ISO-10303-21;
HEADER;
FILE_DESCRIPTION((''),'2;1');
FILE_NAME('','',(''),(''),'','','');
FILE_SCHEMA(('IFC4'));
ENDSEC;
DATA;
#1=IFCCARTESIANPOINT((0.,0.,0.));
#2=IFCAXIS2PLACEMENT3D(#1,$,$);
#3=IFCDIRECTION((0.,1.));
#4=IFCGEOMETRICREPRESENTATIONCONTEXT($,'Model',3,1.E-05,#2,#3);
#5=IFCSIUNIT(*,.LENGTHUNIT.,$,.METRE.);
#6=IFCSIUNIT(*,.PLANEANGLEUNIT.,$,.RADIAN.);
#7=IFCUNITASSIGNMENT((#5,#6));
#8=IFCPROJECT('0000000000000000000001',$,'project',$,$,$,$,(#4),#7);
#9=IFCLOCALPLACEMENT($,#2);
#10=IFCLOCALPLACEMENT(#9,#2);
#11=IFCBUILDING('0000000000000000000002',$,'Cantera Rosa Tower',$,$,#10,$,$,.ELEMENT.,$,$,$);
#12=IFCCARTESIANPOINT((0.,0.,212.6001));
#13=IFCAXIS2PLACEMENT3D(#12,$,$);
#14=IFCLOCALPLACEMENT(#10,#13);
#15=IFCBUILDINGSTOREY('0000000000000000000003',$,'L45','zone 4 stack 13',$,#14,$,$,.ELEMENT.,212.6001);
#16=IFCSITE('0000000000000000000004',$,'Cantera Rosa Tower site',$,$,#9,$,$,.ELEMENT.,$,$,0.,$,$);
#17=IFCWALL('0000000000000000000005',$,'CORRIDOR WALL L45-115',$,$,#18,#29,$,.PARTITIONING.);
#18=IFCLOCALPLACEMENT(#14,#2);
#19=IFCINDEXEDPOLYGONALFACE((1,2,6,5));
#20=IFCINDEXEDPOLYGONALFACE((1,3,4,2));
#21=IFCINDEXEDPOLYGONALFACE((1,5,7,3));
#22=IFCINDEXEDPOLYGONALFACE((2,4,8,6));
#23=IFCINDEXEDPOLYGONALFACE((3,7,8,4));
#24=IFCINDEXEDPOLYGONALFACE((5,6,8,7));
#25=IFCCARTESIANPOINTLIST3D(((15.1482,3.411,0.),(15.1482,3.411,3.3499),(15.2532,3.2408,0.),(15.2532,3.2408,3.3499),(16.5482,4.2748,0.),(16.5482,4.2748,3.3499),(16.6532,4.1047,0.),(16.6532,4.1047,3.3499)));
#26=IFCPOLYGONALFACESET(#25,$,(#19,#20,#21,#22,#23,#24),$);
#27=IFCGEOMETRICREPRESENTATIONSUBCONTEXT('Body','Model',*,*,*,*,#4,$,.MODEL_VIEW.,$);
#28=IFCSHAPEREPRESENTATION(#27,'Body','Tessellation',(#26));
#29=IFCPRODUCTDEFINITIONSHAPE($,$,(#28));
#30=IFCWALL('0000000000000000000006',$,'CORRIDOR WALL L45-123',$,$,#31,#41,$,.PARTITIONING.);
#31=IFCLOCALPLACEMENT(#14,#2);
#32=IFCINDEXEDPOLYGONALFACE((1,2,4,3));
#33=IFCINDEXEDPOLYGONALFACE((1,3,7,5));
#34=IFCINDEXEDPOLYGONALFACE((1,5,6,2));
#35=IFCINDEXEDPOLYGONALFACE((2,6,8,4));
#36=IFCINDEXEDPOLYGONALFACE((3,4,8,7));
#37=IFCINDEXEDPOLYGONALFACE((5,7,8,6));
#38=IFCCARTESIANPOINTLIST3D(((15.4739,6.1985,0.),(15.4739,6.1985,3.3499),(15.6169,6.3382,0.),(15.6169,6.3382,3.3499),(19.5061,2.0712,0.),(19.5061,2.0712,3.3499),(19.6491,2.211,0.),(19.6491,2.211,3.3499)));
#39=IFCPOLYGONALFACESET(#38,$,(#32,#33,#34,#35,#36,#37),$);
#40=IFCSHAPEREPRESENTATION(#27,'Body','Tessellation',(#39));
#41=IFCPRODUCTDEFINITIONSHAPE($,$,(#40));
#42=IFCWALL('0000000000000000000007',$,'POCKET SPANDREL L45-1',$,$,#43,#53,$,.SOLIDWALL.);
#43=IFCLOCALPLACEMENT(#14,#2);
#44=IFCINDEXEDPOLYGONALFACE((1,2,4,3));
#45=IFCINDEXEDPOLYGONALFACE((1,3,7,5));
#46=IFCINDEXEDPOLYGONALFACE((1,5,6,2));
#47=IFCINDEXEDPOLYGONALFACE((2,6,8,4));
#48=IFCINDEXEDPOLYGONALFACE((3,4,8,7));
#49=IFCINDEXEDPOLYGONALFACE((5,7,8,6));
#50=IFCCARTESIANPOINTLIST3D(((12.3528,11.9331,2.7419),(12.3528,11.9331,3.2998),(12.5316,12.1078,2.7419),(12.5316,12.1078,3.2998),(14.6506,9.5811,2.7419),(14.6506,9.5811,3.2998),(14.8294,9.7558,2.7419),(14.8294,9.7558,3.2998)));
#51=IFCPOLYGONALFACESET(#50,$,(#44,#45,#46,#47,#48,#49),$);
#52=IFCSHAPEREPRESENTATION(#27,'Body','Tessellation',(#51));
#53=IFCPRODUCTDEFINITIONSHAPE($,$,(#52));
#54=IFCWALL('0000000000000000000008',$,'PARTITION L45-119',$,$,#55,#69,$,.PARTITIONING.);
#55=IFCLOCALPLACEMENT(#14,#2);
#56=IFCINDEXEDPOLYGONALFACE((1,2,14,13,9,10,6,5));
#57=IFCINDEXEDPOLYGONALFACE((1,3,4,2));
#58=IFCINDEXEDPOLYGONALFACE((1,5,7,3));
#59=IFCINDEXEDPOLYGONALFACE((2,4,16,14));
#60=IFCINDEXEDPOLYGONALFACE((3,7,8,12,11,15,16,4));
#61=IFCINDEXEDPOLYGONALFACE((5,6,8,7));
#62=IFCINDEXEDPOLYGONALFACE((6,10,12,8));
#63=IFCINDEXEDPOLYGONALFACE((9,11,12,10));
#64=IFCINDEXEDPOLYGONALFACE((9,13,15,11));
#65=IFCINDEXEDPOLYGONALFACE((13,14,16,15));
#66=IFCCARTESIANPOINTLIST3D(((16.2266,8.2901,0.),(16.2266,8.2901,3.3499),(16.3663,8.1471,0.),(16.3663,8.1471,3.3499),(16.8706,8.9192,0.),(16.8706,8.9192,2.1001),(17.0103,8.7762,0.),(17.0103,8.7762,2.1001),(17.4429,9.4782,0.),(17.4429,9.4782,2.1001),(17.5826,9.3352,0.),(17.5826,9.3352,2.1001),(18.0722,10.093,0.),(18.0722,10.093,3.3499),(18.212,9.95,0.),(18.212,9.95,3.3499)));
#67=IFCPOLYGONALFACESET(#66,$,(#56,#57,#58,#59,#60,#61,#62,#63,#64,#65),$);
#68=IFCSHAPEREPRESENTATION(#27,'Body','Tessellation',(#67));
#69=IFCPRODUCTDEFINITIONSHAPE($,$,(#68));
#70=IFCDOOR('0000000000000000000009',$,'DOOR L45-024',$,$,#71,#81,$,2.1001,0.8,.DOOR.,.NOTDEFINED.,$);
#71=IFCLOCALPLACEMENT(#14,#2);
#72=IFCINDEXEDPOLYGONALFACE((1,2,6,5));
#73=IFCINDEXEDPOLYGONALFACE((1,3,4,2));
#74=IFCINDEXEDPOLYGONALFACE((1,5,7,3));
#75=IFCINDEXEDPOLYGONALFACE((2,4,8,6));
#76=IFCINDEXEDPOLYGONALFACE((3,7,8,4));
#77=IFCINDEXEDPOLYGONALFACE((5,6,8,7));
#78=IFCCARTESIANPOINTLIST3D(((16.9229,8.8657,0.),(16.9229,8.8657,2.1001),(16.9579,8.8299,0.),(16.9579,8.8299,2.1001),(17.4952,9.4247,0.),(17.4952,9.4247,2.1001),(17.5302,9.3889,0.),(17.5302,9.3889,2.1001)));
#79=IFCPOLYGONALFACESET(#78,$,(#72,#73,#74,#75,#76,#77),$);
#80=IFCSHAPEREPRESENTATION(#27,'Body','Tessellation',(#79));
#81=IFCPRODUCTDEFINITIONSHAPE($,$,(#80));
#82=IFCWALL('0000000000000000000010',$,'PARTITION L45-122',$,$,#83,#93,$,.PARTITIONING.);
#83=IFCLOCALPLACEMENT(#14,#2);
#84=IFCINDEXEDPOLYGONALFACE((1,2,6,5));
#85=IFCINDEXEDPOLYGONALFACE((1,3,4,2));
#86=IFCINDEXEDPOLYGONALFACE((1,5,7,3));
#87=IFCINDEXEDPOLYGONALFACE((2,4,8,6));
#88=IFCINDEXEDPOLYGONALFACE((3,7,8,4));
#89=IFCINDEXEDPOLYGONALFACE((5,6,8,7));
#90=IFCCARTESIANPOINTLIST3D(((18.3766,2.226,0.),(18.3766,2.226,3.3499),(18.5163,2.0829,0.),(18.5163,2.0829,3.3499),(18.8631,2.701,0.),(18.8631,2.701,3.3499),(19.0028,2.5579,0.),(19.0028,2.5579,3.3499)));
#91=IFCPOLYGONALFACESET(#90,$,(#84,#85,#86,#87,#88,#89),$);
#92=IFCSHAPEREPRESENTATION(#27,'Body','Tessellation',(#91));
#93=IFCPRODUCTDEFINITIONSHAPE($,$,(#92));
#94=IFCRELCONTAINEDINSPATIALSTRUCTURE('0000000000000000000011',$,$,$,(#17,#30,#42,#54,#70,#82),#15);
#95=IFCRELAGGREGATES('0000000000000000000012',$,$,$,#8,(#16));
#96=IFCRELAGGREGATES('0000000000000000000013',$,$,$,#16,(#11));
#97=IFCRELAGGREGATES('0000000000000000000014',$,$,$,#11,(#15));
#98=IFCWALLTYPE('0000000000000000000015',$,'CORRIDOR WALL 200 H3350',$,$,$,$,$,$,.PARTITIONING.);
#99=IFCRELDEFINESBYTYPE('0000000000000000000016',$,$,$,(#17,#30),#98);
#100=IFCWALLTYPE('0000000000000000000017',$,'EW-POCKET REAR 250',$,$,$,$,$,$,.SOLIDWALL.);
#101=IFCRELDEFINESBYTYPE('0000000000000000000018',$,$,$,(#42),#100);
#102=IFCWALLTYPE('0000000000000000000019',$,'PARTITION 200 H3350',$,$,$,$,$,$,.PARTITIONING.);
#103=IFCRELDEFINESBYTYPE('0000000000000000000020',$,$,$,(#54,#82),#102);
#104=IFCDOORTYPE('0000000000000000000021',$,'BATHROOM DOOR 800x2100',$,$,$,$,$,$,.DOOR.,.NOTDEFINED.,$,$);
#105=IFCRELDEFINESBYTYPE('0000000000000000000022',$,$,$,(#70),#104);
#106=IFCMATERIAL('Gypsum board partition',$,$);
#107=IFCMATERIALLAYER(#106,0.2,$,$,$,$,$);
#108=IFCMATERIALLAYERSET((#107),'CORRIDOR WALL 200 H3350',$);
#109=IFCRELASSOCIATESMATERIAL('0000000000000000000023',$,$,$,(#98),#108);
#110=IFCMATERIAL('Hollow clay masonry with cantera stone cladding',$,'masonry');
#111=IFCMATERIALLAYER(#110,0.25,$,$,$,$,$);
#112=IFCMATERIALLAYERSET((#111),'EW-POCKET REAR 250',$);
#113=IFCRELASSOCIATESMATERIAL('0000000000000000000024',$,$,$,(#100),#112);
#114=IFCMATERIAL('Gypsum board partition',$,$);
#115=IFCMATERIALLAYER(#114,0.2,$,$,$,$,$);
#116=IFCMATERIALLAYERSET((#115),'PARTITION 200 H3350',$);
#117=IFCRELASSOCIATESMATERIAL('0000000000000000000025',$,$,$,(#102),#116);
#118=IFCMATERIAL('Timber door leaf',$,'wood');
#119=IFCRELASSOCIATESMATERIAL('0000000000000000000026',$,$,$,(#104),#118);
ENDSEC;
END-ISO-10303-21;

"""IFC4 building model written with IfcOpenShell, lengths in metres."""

from ifc_helpers import new_model, si_unit, direction, frame, frame_2d, origin, place, context, subcontext, project, spatial, rectangle, extrude, material, layer, layer_set, type_object, element, fill, save


model = new_model("IFC4")

# Units and contexts
model_context = context("Model", 3, precision=1e-05, world=origin(), true_north=direction((0.0, 1.0)))
body_context = subcontext(model_context, "Body", "Model", "MODEL_VIEW")
ifc_project = project(units=[si_unit("LENGTHUNIT", "METRE"), si_unit("PLANEANGLEUNIT", "RADIAN")], contexts=[model_context])

# Site, building, storey
site_placement = place(None, origin())
site = spatial("IfcSite", under=ifc_project, at=site_placement, Name="Cantera Rosa Tower site", CompositionType="ELEMENT", RefElevation=0.0)
building_placement = place(site_placement, origin())
building = spatial("IfcBuilding", under=site, at=building_placement, Name="Cantera Rosa Tower", CompositionType="ELEMENT")
storey_placement = place(building_placement, frame((0.0, 0.0, 212.6001)))
storey = spatial("IfcBuildingStorey", under=building, at=storey_placement, Name="L45", Description="zone 4 stack 13", CompositionType="ELEMENT", Elevation=212.6001)

# Walls
ifc_material_1 = material(Name="Gypsum board partition")
ifc_layer_1 = layer(ifc_material_1, 0.2)
ifc_layer_set_1 = layer_set([ifc_layer_1], Name="CORRIDOR WALL 200 H3350")
wall_type_1 = type_object("IfcWallType", Name="CORRIDOR WALL 200 H3350", PredefinedType="PARTITIONING", material=ifc_layer_set_1)
wall_1_placement = place(storey_placement, frame((15.2007, 3.3259, 0.0), z_axis=(0.0, 0.0, 1.0), x_axis=(0.851036, 0.525107, 0.0)))
element("IfcWall", 1, at=wall_1_placement, inside=storey, type_object=wall_type_1, Name="CORRIDOR WALL L45-115", PredefinedType="PARTITIONING", context=body_context, shape_type="SweptSolid", body=[
    extrude(rectangle(XDim=1.645, YDim=0.2, at=frame_2d((0.8225, 0.0))), origin(), (0.0, 0.0, 1.0), 3.3499),
])
wall_2_placement = place(storey_placement, frame((19.5776, 2.1411, 0.0), z_axis=(0.0, 0.0, 1.0), x_axis=(-0.698829, 0.715289, 0.0)))
element("IfcWall", 2, at=wall_2_placement, inside=storey, type_object=wall_type_1, Name="CORRIDOR WALL L45-123", PredefinedType="PARTITIONING", context=body_context, shape_type="SweptSolid", body=[
    extrude(rectangle(XDim=5.77, YDim=0.2, at=frame_2d((2.885, 0.0))), origin(), (0.0, 0.0, 1.0), 3.3499),
])
ifc_material_2 = material(Name="Hollow clay masonry with cantera stone cladding", Category="masonry")
ifc_layer_2 = layer(ifc_material_2, 0.25)
ifc_layer_set_2 = layer_set([ifc_layer_2], Name="EW-POCKET REAR 250")
wall_type_2 = type_object("IfcWallType", Name="EW-POCKET REAR 250", PredefinedType="SOLIDWALL", material=ifc_layer_set_2)
wall_3_placement = place(storey_placement, frame((14.74, 9.6685, 2.7419), z_axis=(0.0, 0.0, 1.0), x_axis=(-0.698817, 0.7153, 0.0)))
element("IfcWall", 3, at=wall_3_placement, inside=storey, type_object=wall_type_2, Name="POCKET SPANDREL L45-1", PredefinedType="SOLIDWALL", context=body_context, shape_type="SweptSolid", body=[
    extrude(rectangle(XDim=3.2881, YDim=0.25, at=frame_2d((1.644, 0.0))), origin(), (0.0, 0.0, 1.0), 0.5579),
])

# Wall, opening, door
ifc_material_3 = material(Name="Gypsum board partition")
ifc_layer_3 = layer(ifc_material_3, 0.2)
ifc_layer_set_3 = layer_set([ifc_layer_3], Name="PARTITION 200 H3350")
wall_type_3 = type_object("IfcWallType", Name="PARTITION 200 H3350", PredefinedType="PARTITIONING", material=ifc_layer_set_3)
wall_4_placement = place(storey_placement, frame((18.1421, 10.0215, 0.0), z_axis=(0.0, 0.0, 1.0), x_axis=(-0.715338, -0.698779, 0.0)))
wall_4 = element("IfcWall", 4, at=wall_4_placement, inside=storey, type_object=wall_type_3, Name="PARTITION L45-119", PredefinedType="PARTITIONING", context=body_context, shape_type="SweptSolid", body=[
    extrude(rectangle(XDim=2.5801, YDim=0.2, at=frame_2d((1.29, 0.0))), origin(), (0.0, 0.0, 1.0), 3.3499),
])
opening_placement = place(wall_4_placement, frame((0.8799, 0.0, 0.0)))
opening = element("IfcOpeningElement", 5, at=opening_placement, cuts=wall_4, PredefinedType="OPENING", context=body_context, shape_type="SweptSolid", body=[
    extrude(rectangle(XDim=0.8, YDim=2.1001, at=frame_2d((0.3999, 1.05))), frame((0.0, 0.1099, 0.0), z_axis=(0.0, -1.0, 0.0), x_axis=(1.0, 0.0, 0.0)), (0.0, 0.0, 1.0), 0.22),
])
ifc_material_4 = material(Name="Timber door leaf", Category="wood")
door_type = type_object("IfcDoorType", Name="BATHROOM DOOR 800x2100", OperationType="NOTDEFINED", PredefinedType="DOOR", material=ifc_material_4)
door_placement = place(opening_placement, origin())
door = element("IfcDoor", 6, at=door_placement, inside=storey, type_object=door_type, Name="DOOR L45-024", OperationType="NOTDEFINED", OverallHeight=2.1001, OverallWidth=0.8, PredefinedType="DOOR", context=body_context, shape_type="SweptSolid", body=[
    extrude(rectangle(XDim=0.8, YDim=2.1001, at=frame_2d((0.3999, 1.05))), frame((0.0, 0.0249, 0.0), z_axis=(0.0, -1.0, 0.0), x_axis=(1.0, 0.0, 0.0)), (0.0, 0.0, 1.0), 0.05),
])
fill(opening, door)

# Wall
wall_5_placement = place(storey_placement, frame((18.9329, 2.6294, 0.0), z_axis=(0.0, 0.0, 1.0), x_axis=(-0.715493, -0.69862, 0.0)))
element("IfcWall", 7, at=wall_5_placement, inside=storey, type_object=wall_type_3, Name="PARTITION L45-122", PredefinedType="PARTITIONING", context=body_context, shape_type="SweptSolid", body=[
    extrude(rectangle(XDim=0.6799, YDim=0.2, at=frame_2d((0.3398, 0.0))), origin(), (0.0, 0.0, 1.0), 3.3499),
])

save(model, "model.ifc")
